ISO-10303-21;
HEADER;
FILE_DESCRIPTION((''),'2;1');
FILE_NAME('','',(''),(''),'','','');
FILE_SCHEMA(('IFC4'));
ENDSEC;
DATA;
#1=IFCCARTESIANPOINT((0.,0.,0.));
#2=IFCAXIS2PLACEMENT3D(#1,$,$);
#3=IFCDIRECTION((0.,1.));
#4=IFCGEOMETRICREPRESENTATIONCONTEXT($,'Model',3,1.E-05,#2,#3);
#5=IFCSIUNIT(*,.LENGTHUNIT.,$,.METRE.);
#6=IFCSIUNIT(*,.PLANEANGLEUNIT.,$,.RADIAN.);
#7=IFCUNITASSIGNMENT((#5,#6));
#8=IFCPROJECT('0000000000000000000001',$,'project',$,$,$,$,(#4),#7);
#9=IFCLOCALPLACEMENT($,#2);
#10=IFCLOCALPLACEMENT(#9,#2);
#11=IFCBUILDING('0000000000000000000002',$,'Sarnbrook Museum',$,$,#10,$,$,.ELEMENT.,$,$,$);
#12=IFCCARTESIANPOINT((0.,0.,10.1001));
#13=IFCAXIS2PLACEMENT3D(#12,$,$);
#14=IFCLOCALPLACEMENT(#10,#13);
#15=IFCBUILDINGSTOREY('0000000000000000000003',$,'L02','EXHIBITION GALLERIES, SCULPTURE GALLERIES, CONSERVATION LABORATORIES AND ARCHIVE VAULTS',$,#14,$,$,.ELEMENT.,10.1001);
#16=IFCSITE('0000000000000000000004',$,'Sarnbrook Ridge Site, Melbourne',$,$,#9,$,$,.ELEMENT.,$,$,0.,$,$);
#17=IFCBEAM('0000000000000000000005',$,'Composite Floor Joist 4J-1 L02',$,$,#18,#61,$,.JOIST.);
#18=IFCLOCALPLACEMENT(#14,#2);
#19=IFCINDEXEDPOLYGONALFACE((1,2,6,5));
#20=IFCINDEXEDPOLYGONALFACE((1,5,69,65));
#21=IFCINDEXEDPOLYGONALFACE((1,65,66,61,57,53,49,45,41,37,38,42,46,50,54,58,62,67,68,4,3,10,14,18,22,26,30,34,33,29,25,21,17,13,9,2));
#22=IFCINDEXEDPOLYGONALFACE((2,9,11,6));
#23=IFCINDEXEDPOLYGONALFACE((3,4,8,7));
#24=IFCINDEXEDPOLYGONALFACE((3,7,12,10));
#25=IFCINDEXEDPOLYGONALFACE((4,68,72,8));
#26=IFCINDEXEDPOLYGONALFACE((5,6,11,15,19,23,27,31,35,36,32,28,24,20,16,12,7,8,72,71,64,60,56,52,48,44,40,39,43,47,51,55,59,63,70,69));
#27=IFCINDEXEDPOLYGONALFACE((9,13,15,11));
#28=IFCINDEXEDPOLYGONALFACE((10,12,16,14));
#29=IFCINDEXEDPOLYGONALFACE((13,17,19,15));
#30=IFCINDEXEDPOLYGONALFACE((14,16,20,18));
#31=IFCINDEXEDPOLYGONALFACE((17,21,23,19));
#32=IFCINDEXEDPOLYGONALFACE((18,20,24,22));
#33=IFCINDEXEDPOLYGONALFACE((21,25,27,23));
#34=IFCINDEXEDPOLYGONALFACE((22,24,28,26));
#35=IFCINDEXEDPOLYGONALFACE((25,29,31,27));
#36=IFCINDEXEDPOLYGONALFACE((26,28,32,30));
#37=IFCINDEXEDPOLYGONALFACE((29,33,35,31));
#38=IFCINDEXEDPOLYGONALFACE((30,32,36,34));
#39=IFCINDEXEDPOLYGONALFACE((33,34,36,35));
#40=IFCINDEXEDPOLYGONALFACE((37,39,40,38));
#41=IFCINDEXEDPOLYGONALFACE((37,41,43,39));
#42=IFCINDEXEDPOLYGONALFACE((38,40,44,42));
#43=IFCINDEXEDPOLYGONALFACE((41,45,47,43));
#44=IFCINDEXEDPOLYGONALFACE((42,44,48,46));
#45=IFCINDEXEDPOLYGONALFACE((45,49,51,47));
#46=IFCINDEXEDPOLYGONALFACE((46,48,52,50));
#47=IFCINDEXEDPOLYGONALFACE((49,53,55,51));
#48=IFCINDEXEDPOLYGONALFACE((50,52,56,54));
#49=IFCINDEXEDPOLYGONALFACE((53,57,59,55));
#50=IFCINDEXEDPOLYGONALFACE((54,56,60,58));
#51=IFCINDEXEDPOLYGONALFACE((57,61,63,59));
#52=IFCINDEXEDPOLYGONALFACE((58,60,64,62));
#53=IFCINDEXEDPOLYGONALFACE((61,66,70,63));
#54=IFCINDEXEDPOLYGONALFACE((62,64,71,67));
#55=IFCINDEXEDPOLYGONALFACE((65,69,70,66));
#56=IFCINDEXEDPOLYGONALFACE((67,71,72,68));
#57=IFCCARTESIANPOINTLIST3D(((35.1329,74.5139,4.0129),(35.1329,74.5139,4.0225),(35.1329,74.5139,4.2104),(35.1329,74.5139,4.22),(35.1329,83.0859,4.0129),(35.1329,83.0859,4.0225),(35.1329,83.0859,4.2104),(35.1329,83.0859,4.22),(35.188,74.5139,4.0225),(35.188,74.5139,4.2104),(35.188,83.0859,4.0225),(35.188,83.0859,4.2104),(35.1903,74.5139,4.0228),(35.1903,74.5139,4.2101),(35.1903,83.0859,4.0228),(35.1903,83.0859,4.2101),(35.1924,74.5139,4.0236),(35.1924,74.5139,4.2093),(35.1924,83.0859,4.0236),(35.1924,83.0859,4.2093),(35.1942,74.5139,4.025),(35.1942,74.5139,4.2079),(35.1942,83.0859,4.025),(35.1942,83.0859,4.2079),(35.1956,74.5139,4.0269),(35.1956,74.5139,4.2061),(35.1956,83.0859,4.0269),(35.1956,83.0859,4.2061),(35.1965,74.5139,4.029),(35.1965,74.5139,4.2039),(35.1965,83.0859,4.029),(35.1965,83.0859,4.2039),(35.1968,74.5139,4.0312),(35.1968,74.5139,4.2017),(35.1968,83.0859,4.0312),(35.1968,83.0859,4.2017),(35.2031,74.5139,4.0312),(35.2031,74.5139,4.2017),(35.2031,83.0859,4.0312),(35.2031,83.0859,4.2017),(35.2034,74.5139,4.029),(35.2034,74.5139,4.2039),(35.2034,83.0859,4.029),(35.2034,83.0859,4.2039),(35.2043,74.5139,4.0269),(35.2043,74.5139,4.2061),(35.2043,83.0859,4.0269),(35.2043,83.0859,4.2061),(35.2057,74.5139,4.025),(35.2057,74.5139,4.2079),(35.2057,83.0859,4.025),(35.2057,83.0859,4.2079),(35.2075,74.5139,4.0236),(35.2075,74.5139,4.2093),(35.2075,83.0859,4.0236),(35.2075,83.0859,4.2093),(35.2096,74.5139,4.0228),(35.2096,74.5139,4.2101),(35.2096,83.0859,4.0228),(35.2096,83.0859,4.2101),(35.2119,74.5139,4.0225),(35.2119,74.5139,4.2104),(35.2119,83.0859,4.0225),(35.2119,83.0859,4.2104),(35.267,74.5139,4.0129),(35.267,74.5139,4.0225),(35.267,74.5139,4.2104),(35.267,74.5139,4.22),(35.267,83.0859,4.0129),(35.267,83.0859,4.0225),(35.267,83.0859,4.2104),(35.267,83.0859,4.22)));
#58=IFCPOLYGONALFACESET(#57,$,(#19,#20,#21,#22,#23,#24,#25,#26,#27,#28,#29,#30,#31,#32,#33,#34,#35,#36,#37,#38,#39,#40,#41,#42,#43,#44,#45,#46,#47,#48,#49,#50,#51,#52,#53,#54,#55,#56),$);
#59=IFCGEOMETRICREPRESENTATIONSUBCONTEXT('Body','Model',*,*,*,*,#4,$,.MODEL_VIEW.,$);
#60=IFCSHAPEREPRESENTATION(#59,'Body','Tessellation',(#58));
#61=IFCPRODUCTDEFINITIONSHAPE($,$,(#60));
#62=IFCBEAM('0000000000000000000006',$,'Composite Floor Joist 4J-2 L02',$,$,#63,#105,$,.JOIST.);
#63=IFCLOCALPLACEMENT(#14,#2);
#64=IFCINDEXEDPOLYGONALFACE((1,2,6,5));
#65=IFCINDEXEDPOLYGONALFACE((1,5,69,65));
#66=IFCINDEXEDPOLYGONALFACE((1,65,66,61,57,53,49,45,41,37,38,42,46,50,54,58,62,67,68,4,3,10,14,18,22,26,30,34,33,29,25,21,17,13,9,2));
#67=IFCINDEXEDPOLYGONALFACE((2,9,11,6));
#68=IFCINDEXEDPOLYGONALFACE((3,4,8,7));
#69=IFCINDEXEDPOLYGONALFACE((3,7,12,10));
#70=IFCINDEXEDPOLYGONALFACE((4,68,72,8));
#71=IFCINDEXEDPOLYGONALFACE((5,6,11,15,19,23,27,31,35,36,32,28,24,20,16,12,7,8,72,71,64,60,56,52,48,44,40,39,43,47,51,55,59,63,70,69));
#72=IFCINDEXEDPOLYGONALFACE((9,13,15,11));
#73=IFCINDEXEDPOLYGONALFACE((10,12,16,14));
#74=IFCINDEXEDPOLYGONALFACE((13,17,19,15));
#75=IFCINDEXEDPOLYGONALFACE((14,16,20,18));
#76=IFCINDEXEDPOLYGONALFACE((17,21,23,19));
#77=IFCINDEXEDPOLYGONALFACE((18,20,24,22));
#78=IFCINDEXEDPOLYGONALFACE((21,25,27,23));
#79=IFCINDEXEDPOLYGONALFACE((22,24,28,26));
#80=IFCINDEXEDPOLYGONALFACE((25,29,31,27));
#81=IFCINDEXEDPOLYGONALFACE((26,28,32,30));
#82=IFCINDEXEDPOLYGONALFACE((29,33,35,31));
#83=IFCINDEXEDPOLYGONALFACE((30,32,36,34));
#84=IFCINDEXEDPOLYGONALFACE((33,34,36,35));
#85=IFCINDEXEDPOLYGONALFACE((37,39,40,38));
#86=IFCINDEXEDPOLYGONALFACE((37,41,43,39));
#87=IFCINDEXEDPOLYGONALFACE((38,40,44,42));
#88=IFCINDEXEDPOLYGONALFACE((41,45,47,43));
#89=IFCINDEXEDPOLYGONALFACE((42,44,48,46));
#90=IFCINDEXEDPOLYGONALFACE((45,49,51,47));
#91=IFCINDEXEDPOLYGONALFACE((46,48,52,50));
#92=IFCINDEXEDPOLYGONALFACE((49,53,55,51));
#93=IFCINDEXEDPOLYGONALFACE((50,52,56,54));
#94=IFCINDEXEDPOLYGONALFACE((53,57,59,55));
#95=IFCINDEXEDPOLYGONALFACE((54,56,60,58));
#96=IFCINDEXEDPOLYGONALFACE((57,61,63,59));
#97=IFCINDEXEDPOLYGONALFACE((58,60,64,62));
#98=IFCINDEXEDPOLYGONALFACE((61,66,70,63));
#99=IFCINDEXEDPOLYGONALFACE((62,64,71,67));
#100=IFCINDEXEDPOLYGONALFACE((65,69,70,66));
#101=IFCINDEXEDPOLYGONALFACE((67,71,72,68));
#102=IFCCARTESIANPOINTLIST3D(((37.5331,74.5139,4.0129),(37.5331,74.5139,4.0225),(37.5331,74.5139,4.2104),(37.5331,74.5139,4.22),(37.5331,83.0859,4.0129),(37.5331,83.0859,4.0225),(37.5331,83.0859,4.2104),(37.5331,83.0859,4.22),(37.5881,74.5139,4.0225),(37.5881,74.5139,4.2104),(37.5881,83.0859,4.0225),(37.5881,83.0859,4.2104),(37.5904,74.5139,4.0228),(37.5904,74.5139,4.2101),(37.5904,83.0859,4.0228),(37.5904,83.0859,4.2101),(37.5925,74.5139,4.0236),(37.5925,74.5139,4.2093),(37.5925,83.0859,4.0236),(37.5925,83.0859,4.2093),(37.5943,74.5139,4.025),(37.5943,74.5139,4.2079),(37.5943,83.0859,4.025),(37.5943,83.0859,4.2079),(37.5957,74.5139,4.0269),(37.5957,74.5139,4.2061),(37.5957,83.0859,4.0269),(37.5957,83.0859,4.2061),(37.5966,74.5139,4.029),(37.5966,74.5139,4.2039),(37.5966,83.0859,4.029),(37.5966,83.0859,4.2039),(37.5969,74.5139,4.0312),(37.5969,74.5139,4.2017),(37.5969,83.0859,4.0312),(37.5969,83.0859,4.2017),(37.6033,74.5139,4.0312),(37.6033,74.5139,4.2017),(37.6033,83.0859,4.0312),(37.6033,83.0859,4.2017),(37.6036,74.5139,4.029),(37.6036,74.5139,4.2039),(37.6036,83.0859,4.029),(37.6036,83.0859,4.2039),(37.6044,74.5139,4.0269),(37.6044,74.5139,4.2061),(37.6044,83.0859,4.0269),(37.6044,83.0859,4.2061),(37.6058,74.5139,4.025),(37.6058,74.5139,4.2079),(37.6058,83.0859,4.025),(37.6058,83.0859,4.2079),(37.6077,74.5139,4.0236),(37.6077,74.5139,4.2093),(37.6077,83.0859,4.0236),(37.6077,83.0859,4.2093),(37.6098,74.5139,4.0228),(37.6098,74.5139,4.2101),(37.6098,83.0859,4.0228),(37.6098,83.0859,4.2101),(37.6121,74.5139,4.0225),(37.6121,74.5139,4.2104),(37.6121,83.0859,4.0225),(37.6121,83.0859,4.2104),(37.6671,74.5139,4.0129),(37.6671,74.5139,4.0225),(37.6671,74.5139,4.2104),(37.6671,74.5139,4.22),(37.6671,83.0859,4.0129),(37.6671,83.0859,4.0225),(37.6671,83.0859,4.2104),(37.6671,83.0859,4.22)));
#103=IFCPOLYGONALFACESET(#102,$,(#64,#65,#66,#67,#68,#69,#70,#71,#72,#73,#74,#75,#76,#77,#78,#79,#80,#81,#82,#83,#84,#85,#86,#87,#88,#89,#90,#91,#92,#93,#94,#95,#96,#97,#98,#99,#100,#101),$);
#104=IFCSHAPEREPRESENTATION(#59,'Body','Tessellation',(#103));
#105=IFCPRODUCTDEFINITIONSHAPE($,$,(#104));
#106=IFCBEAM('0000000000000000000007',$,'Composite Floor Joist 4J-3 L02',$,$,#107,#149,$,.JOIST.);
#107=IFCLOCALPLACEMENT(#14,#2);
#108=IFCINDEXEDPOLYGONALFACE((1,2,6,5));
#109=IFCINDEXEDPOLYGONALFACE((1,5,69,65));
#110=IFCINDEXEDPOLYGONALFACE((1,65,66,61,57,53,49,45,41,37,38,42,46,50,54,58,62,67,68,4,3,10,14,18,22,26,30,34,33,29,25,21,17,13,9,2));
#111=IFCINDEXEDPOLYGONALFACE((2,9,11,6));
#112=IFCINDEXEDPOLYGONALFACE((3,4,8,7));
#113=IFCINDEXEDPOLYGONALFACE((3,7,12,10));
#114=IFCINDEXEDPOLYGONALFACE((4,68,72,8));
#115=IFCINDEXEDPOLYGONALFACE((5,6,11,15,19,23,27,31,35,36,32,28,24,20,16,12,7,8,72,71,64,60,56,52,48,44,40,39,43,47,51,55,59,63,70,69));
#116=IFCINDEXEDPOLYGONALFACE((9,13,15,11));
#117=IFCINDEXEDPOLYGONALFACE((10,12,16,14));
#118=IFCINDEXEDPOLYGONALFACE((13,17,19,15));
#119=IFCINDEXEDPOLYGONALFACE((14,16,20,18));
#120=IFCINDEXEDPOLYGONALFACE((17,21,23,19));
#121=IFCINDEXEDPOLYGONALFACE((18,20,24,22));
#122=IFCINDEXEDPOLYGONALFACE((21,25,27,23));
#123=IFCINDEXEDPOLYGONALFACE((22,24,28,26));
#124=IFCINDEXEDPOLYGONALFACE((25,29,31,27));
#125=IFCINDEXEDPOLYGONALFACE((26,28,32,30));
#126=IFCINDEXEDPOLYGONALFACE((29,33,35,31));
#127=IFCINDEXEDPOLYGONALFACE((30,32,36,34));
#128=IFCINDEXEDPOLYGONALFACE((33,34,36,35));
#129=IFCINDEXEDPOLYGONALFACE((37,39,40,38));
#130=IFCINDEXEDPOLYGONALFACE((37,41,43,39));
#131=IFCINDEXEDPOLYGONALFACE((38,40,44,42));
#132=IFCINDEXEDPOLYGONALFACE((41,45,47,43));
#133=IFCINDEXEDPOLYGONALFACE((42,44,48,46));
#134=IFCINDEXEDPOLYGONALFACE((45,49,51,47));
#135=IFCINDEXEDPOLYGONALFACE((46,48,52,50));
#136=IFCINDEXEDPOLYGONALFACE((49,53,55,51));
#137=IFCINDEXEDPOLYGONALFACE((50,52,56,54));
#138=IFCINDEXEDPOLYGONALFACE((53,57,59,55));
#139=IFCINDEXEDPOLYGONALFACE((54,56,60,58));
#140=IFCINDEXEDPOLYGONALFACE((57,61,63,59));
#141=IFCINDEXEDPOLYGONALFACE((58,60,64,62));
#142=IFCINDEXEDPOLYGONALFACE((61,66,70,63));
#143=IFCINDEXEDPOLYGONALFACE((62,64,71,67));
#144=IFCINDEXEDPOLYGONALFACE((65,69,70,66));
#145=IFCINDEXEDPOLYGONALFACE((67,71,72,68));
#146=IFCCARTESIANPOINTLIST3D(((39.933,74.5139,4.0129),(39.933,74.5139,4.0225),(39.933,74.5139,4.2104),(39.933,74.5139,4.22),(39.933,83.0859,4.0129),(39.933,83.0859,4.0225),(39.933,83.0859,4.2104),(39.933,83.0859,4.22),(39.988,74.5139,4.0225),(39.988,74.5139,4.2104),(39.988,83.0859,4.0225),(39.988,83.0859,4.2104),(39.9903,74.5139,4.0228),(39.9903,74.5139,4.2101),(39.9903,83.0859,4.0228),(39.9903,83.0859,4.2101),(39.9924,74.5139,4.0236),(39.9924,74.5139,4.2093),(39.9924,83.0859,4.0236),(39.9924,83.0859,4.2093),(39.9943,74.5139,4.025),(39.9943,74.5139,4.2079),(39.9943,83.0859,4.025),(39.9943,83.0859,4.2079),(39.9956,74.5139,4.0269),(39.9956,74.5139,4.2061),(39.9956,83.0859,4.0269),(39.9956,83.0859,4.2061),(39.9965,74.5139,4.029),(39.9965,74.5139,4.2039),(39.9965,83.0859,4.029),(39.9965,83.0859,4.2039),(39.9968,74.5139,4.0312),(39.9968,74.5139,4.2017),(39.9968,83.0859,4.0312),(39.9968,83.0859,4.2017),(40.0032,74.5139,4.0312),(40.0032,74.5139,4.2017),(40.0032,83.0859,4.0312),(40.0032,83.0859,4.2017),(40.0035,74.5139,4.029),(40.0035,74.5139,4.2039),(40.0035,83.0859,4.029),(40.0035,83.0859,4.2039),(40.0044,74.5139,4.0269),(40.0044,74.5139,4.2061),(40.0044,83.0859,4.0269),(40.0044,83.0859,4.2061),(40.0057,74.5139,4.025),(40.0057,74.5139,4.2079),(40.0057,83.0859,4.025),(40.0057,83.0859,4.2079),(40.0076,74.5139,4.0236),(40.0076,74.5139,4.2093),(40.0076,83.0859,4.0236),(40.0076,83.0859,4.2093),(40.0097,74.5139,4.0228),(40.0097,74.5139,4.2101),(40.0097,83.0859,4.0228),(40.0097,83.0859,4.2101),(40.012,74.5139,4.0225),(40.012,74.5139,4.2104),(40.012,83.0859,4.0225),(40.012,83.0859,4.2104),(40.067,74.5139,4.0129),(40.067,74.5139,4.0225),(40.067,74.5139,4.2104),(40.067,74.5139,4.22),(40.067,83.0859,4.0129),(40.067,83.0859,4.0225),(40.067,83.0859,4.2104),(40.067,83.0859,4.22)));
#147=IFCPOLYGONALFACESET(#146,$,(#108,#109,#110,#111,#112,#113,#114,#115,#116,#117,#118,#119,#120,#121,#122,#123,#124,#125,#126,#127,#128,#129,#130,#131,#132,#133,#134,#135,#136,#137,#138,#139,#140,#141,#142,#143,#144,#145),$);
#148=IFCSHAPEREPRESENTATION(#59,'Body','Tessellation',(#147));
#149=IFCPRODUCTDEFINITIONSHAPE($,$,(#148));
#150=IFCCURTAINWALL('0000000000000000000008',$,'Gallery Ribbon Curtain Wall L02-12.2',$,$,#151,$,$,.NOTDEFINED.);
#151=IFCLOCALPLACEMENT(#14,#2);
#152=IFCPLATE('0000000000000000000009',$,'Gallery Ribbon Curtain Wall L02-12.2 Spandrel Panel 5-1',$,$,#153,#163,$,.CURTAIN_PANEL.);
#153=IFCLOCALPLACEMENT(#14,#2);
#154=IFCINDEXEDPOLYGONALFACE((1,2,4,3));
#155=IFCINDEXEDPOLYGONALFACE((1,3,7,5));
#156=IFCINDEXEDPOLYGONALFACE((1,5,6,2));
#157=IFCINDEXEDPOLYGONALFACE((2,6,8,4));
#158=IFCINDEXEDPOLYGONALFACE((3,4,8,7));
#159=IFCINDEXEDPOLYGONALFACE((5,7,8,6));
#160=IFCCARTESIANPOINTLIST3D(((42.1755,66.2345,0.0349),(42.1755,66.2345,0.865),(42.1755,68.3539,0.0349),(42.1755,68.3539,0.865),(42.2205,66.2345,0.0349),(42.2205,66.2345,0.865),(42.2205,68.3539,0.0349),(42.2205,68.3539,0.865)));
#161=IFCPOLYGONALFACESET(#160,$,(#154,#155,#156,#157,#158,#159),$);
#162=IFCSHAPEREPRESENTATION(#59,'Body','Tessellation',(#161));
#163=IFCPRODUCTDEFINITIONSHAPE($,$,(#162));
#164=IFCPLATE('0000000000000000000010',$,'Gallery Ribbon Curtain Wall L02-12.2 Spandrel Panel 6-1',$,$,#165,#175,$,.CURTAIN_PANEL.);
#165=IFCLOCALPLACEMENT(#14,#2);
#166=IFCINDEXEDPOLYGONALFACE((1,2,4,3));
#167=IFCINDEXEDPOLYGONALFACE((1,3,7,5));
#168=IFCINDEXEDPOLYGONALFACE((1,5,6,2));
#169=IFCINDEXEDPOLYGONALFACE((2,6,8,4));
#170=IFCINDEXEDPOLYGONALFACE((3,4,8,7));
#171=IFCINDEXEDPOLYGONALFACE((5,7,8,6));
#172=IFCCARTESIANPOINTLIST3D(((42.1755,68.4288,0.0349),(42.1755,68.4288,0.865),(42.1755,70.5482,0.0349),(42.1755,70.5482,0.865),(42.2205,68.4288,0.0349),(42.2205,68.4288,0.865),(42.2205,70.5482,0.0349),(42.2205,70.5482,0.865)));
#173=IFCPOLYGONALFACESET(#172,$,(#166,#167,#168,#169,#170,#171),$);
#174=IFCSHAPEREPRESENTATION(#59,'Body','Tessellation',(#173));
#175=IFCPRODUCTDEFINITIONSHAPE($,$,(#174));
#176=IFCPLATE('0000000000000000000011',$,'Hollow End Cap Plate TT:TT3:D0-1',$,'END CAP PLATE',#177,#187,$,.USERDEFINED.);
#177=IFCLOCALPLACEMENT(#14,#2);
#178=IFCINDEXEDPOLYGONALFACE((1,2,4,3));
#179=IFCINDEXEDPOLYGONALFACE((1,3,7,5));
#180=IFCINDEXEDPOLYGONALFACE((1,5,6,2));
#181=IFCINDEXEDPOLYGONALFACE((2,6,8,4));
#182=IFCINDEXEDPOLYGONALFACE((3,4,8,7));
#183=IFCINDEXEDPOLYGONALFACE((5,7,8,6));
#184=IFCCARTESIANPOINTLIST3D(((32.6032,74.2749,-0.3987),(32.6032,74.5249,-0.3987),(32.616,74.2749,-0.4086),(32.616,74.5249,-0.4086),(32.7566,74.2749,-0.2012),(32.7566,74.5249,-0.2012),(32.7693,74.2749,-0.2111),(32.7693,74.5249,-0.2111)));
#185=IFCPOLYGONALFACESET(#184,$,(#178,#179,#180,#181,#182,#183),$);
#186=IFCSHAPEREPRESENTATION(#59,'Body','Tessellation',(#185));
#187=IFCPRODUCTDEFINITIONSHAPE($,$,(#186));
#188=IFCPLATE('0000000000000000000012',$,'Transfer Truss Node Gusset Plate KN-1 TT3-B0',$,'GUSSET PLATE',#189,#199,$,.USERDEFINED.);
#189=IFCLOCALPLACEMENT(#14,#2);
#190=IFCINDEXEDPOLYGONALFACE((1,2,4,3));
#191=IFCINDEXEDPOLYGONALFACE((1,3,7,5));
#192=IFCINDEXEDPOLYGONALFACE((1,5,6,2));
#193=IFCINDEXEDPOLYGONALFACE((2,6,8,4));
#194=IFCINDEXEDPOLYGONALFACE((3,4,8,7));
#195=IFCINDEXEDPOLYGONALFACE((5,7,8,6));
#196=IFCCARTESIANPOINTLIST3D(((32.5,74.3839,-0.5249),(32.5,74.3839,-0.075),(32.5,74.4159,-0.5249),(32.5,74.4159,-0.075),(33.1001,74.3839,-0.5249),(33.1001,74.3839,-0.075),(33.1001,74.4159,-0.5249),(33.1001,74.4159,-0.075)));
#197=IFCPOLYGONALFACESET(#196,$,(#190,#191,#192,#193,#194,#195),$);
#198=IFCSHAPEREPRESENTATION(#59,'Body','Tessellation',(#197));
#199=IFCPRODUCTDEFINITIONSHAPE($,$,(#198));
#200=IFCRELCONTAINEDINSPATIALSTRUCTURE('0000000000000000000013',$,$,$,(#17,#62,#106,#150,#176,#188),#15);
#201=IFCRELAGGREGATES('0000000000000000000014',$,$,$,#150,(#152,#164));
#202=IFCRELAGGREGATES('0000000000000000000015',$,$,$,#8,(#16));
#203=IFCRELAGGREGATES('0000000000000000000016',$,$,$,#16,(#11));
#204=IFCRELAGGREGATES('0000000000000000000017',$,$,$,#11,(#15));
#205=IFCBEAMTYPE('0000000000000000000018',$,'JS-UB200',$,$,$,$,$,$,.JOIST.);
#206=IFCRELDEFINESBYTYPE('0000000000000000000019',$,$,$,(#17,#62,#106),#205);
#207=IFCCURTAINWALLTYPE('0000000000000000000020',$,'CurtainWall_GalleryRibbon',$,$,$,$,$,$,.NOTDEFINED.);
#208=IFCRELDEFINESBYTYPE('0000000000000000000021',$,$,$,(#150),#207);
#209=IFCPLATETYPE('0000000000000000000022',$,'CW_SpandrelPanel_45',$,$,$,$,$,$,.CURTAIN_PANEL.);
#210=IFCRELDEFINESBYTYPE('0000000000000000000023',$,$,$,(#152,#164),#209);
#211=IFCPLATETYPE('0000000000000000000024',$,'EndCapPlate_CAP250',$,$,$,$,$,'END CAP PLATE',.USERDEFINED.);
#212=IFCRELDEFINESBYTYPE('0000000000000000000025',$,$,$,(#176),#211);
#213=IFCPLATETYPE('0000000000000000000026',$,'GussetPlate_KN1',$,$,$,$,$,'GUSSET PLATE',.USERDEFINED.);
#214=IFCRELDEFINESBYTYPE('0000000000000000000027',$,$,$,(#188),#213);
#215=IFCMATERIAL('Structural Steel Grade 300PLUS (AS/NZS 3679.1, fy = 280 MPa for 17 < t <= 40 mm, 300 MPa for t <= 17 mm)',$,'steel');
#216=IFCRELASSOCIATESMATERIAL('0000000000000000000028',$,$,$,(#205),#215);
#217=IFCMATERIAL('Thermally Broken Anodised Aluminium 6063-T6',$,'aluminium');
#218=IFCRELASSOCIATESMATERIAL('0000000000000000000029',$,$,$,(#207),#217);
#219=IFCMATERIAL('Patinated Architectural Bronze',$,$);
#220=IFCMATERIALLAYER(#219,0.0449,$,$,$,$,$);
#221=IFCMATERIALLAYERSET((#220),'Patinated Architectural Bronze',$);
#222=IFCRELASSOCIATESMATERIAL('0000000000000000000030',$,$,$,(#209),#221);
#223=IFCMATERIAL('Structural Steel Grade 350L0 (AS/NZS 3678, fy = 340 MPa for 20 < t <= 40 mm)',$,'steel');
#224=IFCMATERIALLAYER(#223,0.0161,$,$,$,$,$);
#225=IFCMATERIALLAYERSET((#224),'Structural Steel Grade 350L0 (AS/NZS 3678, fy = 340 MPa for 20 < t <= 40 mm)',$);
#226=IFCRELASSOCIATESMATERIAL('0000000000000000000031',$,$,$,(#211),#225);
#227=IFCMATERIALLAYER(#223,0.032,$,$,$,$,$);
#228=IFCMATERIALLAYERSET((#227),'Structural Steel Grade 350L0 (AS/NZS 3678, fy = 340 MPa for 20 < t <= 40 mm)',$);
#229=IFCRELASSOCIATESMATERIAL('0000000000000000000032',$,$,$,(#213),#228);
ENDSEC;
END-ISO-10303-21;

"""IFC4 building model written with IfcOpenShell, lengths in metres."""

from ifc_helpers import new_model, si_unit, direction, frame, origin, origin_2d, place, context, subcontext, project, spatial, rectangle, i_section, extrude, material, layer, layer_set, material_profile, profile_set, type_object, element, aggregate, save


model = new_model("IFC4")

# Units and contexts
model_context = context("Model", 3, precision=1e-05, world=origin(), true_north=direction((0.0, 1.0)))
body_context = subcontext(model_context, "Body", "Model", "MODEL_VIEW")
ifc_project = project(units=[si_unit("LENGTHUNIT", "METRE"), si_unit("PLANEANGLEUNIT", "RADIAN")], contexts=[model_context])

# Site, building, storey
site_placement = place(None, origin())
site = spatial("IfcSite", under=ifc_project, at=site_placement, Name="Sarnbrook Ridge Site, Melbourne", CompositionType="ELEMENT", RefElevation=0.0)
building_placement = place(site_placement, origin())
building = spatial("IfcBuilding", under=site, at=building_placement, Name="Sarnbrook Museum", CompositionType="ELEMENT")
storey_placement = place(building_placement, frame((0.0, 0.0, 10.1001)))
storey = spatial("IfcBuildingStorey", under=building, at=storey_placement, Name="L02", Description="EXHIBITION GALLERIES, SCULPTURE GALLERIES, CONSERVATION LABORATORIES AND ARCHIVE VAULTS", CompositionType="ELEMENT", Elevation=10.1001)

# Shared definitions
ifc_material_1 = material(Name="Structural Steel Grade 300PLUS (AS/NZS 3679.1, fy = 280 MPa for 17 < t <= 40 mm, 300 MPa for t <= 17 mm)", Category="steel")

# Beams
ifc_material_profile_1 = material_profile(ifc_material_1, i_section(OverallWidth=0.134, OverallDepth=0.207, WebThickness=0.0063, FlangeThickness=0.0095, FilletRadius=0.0088, at=origin_2d()), Name="200UB29.8")
ifc_profile_set_1 = profile_set([ifc_material_profile_1], Name="Structural Steel Grade 300PLUS (AS/NZS 3679.1, fy = 280 MPa for 17 < t <= 40 mm, 300 MPa for t <= 17 mm)")
beam_type_1 = type_object("IfcBeamType", Name="JS-UB200", PredefinedType="JOIST", material=ifc_profile_set_1)
for number, where, z_axis, x_axis, name in (
    (1, (35.2, 74.5139, 4.1165), (0.0, 1.0, 0.0), (-1.0, 0.0, 0.0), "Composite Floor Joist 4J-1 L02"),
    (2, (37.6001, 74.5139, 4.1165), (0.0, 1.0, 0.0), (-1.0, 0.0, 0.0), "Composite Floor Joist 4J-2 L02"),
    (3, (40.0, 74.5139, 4.1165), (0.0, 1.0, 0.0), (-1.0, 0.0, 0.0), "Composite Floor Joist 4J-3 L02"),
):
    element("IfcBeam", number, at=place(storey_placement, frame(where, z_axis=z_axis, x_axis=x_axis)), inside=storey, type_object=beam_type_1, Name=name, PredefinedType="JOIST", context=body_context, shape_type="SweptSolid", body=[
        extrude(i_section(OverallWidth=0.134, OverallDepth=0.207, WebThickness=0.0063, FlangeThickness=0.0095, FilletRadius=0.0088, at=origin_2d()), origin(), (0.0, 0.0, 1.0), 8.572),
    ])

# Curtain wall, plates
ifc_material_2 = material(Name="Thermally Broken Anodised Aluminium 6063-T6", Category="aluminium")
curtain_wall_type = type_object("IfcCurtainWallType", Name="CurtainWall_GalleryRibbon", PredefinedType="NOTDEFINED", material=ifc_material_2)
curtain_wall_placement = place(storey_placement, origin())
curtain_wall = element("IfcCurtainWall", 4, at=curtain_wall_placement, inside=storey, type_object=curtain_wall_type, Name="Gallery Ribbon Curtain Wall L02-12.2", PredefinedType="NOTDEFINED")
ifc_material_3 = material(Name="Patinated Architectural Bronze")
ifc_layer_1 = layer(ifc_material_3, 0.0449)
ifc_layer_set_1 = layer_set([ifc_layer_1], Name="Patinated Architectural Bronze")
plate_type_1 = type_object("IfcPlateType", Name="CW_SpandrelPanel_45", PredefinedType="CURTAIN_PANEL", material=ifc_layer_set_1)
plate_1_placement = place(storey_placement, frame((42.1755, 67.2942, 0.45), z_axis=(1.0, 0.0, 0.0), x_axis=(0.0, 1.0, 0.0)))
plate_1 = element("IfcPlate", 5, at=plate_1_placement, type_object=plate_type_1, Name="Gallery Ribbon Curtain Wall L02-12.2 Spandrel Panel 5-1", PredefinedType="CURTAIN_PANEL", context=body_context, shape_type="SweptSolid", body=[
    extrude(rectangle(XDim=2.1194, YDim=0.8301, at=origin_2d()), origin(), (0.0, 0.0, 1.0), 0.0449),
])
plate_2_placement = place(storey_placement, frame((42.1755, 69.4885, 0.45), z_axis=(1.0, 0.0, 0.0), x_axis=(0.0, 1.0, 0.0)))
plate_2 = element("IfcPlate", 6, at=plate_2_placement, type_object=plate_type_1, Name="Gallery Ribbon Curtain Wall L02-12.2 Spandrel Panel 6-1", PredefinedType="CURTAIN_PANEL", context=body_context, shape_type="SweptSolid", body=[
    extrude(rectangle(XDim=2.1194, YDim=0.8301, at=origin_2d()), origin(), (0.0, 0.0, 1.0), 0.0449),
])
aggregate(curtain_wall, [plate_1, plate_2])

# Plates
ifc_material_4 = material(Name="Structural Steel Grade 350L0 (AS/NZS 3678, fy = 340 MPa for 20 < t <= 40 mm)", Category="steel")
ifc_layer_2 = layer(ifc_material_4, 0.0161)
ifc_layer_set_2 = layer_set([ifc_layer_2], Name="Structural Steel Grade 350L0 (AS/NZS 3678, fy = 340 MPa for 20 < t <= 40 mm)")
plate_type_2 = type_object("IfcPlateType", Name="EndCapPlate_CAP250", ElementType="END CAP PLATE", PredefinedType="USERDEFINED", material=ifc_layer_set_2)
plate_3_placement = place(storey_placement, frame((32.6926, 74.3999, -0.3098), z_axis=(-0.789912, 0.0, 0.613221), x_axis=(0.0, -1.0, 0.0)))
element("IfcPlate", 7, at=plate_3_placement, inside=storey, type_object=plate_type_2, Name="Hollow End Cap Plate TT:TT3:D0-1", ObjectType="END CAP PLATE", PredefinedType="USERDEFINED", context=body_context, shape_type="SweptSolid", body=[
    extrude(rectangle(XDim=0.25, YDim=0.25, at=origin_2d()), origin(), (0.0, 0.0, 1.0), 0.0161),
])
ifc_layer_3 = layer(ifc_material_4, 0.032)
ifc_layer_set_3 = layer_set([ifc_layer_3], Name="Structural Steel Grade 350L0 (AS/NZS 3678, fy = 340 MPa for 20 < t <= 40 mm)")
plate_type_3 = type_object("IfcPlateType", Name="GussetPlate_KN1", ElementType="GUSSET PLATE", PredefinedType="USERDEFINED", material=ifc_layer_set_3)
plate_4_placement = place(storey_placement, frame((32.8, 74.3999, -0.5249), z_axis=(0.0, 0.0, 1.0), x_axis=(1.0, 0.0, 0.0)))
element("IfcPlate", 8, at=plate_4_placement, inside=storey, type_object=plate_type_3, Name="Transfer Truss Node Gusset Plate KN-1 TT3-B0", ObjectType="GUSSET PLATE", PredefinedType="USERDEFINED", context=body_context, shape_type="SweptSolid", body=[
    extrude(rectangle(XDim=0.6001, YDim=0.032, at=origin_2d()), origin(), (0.0, 0.0, 1.0), 0.45),
])

save(model, "model.ifc")
